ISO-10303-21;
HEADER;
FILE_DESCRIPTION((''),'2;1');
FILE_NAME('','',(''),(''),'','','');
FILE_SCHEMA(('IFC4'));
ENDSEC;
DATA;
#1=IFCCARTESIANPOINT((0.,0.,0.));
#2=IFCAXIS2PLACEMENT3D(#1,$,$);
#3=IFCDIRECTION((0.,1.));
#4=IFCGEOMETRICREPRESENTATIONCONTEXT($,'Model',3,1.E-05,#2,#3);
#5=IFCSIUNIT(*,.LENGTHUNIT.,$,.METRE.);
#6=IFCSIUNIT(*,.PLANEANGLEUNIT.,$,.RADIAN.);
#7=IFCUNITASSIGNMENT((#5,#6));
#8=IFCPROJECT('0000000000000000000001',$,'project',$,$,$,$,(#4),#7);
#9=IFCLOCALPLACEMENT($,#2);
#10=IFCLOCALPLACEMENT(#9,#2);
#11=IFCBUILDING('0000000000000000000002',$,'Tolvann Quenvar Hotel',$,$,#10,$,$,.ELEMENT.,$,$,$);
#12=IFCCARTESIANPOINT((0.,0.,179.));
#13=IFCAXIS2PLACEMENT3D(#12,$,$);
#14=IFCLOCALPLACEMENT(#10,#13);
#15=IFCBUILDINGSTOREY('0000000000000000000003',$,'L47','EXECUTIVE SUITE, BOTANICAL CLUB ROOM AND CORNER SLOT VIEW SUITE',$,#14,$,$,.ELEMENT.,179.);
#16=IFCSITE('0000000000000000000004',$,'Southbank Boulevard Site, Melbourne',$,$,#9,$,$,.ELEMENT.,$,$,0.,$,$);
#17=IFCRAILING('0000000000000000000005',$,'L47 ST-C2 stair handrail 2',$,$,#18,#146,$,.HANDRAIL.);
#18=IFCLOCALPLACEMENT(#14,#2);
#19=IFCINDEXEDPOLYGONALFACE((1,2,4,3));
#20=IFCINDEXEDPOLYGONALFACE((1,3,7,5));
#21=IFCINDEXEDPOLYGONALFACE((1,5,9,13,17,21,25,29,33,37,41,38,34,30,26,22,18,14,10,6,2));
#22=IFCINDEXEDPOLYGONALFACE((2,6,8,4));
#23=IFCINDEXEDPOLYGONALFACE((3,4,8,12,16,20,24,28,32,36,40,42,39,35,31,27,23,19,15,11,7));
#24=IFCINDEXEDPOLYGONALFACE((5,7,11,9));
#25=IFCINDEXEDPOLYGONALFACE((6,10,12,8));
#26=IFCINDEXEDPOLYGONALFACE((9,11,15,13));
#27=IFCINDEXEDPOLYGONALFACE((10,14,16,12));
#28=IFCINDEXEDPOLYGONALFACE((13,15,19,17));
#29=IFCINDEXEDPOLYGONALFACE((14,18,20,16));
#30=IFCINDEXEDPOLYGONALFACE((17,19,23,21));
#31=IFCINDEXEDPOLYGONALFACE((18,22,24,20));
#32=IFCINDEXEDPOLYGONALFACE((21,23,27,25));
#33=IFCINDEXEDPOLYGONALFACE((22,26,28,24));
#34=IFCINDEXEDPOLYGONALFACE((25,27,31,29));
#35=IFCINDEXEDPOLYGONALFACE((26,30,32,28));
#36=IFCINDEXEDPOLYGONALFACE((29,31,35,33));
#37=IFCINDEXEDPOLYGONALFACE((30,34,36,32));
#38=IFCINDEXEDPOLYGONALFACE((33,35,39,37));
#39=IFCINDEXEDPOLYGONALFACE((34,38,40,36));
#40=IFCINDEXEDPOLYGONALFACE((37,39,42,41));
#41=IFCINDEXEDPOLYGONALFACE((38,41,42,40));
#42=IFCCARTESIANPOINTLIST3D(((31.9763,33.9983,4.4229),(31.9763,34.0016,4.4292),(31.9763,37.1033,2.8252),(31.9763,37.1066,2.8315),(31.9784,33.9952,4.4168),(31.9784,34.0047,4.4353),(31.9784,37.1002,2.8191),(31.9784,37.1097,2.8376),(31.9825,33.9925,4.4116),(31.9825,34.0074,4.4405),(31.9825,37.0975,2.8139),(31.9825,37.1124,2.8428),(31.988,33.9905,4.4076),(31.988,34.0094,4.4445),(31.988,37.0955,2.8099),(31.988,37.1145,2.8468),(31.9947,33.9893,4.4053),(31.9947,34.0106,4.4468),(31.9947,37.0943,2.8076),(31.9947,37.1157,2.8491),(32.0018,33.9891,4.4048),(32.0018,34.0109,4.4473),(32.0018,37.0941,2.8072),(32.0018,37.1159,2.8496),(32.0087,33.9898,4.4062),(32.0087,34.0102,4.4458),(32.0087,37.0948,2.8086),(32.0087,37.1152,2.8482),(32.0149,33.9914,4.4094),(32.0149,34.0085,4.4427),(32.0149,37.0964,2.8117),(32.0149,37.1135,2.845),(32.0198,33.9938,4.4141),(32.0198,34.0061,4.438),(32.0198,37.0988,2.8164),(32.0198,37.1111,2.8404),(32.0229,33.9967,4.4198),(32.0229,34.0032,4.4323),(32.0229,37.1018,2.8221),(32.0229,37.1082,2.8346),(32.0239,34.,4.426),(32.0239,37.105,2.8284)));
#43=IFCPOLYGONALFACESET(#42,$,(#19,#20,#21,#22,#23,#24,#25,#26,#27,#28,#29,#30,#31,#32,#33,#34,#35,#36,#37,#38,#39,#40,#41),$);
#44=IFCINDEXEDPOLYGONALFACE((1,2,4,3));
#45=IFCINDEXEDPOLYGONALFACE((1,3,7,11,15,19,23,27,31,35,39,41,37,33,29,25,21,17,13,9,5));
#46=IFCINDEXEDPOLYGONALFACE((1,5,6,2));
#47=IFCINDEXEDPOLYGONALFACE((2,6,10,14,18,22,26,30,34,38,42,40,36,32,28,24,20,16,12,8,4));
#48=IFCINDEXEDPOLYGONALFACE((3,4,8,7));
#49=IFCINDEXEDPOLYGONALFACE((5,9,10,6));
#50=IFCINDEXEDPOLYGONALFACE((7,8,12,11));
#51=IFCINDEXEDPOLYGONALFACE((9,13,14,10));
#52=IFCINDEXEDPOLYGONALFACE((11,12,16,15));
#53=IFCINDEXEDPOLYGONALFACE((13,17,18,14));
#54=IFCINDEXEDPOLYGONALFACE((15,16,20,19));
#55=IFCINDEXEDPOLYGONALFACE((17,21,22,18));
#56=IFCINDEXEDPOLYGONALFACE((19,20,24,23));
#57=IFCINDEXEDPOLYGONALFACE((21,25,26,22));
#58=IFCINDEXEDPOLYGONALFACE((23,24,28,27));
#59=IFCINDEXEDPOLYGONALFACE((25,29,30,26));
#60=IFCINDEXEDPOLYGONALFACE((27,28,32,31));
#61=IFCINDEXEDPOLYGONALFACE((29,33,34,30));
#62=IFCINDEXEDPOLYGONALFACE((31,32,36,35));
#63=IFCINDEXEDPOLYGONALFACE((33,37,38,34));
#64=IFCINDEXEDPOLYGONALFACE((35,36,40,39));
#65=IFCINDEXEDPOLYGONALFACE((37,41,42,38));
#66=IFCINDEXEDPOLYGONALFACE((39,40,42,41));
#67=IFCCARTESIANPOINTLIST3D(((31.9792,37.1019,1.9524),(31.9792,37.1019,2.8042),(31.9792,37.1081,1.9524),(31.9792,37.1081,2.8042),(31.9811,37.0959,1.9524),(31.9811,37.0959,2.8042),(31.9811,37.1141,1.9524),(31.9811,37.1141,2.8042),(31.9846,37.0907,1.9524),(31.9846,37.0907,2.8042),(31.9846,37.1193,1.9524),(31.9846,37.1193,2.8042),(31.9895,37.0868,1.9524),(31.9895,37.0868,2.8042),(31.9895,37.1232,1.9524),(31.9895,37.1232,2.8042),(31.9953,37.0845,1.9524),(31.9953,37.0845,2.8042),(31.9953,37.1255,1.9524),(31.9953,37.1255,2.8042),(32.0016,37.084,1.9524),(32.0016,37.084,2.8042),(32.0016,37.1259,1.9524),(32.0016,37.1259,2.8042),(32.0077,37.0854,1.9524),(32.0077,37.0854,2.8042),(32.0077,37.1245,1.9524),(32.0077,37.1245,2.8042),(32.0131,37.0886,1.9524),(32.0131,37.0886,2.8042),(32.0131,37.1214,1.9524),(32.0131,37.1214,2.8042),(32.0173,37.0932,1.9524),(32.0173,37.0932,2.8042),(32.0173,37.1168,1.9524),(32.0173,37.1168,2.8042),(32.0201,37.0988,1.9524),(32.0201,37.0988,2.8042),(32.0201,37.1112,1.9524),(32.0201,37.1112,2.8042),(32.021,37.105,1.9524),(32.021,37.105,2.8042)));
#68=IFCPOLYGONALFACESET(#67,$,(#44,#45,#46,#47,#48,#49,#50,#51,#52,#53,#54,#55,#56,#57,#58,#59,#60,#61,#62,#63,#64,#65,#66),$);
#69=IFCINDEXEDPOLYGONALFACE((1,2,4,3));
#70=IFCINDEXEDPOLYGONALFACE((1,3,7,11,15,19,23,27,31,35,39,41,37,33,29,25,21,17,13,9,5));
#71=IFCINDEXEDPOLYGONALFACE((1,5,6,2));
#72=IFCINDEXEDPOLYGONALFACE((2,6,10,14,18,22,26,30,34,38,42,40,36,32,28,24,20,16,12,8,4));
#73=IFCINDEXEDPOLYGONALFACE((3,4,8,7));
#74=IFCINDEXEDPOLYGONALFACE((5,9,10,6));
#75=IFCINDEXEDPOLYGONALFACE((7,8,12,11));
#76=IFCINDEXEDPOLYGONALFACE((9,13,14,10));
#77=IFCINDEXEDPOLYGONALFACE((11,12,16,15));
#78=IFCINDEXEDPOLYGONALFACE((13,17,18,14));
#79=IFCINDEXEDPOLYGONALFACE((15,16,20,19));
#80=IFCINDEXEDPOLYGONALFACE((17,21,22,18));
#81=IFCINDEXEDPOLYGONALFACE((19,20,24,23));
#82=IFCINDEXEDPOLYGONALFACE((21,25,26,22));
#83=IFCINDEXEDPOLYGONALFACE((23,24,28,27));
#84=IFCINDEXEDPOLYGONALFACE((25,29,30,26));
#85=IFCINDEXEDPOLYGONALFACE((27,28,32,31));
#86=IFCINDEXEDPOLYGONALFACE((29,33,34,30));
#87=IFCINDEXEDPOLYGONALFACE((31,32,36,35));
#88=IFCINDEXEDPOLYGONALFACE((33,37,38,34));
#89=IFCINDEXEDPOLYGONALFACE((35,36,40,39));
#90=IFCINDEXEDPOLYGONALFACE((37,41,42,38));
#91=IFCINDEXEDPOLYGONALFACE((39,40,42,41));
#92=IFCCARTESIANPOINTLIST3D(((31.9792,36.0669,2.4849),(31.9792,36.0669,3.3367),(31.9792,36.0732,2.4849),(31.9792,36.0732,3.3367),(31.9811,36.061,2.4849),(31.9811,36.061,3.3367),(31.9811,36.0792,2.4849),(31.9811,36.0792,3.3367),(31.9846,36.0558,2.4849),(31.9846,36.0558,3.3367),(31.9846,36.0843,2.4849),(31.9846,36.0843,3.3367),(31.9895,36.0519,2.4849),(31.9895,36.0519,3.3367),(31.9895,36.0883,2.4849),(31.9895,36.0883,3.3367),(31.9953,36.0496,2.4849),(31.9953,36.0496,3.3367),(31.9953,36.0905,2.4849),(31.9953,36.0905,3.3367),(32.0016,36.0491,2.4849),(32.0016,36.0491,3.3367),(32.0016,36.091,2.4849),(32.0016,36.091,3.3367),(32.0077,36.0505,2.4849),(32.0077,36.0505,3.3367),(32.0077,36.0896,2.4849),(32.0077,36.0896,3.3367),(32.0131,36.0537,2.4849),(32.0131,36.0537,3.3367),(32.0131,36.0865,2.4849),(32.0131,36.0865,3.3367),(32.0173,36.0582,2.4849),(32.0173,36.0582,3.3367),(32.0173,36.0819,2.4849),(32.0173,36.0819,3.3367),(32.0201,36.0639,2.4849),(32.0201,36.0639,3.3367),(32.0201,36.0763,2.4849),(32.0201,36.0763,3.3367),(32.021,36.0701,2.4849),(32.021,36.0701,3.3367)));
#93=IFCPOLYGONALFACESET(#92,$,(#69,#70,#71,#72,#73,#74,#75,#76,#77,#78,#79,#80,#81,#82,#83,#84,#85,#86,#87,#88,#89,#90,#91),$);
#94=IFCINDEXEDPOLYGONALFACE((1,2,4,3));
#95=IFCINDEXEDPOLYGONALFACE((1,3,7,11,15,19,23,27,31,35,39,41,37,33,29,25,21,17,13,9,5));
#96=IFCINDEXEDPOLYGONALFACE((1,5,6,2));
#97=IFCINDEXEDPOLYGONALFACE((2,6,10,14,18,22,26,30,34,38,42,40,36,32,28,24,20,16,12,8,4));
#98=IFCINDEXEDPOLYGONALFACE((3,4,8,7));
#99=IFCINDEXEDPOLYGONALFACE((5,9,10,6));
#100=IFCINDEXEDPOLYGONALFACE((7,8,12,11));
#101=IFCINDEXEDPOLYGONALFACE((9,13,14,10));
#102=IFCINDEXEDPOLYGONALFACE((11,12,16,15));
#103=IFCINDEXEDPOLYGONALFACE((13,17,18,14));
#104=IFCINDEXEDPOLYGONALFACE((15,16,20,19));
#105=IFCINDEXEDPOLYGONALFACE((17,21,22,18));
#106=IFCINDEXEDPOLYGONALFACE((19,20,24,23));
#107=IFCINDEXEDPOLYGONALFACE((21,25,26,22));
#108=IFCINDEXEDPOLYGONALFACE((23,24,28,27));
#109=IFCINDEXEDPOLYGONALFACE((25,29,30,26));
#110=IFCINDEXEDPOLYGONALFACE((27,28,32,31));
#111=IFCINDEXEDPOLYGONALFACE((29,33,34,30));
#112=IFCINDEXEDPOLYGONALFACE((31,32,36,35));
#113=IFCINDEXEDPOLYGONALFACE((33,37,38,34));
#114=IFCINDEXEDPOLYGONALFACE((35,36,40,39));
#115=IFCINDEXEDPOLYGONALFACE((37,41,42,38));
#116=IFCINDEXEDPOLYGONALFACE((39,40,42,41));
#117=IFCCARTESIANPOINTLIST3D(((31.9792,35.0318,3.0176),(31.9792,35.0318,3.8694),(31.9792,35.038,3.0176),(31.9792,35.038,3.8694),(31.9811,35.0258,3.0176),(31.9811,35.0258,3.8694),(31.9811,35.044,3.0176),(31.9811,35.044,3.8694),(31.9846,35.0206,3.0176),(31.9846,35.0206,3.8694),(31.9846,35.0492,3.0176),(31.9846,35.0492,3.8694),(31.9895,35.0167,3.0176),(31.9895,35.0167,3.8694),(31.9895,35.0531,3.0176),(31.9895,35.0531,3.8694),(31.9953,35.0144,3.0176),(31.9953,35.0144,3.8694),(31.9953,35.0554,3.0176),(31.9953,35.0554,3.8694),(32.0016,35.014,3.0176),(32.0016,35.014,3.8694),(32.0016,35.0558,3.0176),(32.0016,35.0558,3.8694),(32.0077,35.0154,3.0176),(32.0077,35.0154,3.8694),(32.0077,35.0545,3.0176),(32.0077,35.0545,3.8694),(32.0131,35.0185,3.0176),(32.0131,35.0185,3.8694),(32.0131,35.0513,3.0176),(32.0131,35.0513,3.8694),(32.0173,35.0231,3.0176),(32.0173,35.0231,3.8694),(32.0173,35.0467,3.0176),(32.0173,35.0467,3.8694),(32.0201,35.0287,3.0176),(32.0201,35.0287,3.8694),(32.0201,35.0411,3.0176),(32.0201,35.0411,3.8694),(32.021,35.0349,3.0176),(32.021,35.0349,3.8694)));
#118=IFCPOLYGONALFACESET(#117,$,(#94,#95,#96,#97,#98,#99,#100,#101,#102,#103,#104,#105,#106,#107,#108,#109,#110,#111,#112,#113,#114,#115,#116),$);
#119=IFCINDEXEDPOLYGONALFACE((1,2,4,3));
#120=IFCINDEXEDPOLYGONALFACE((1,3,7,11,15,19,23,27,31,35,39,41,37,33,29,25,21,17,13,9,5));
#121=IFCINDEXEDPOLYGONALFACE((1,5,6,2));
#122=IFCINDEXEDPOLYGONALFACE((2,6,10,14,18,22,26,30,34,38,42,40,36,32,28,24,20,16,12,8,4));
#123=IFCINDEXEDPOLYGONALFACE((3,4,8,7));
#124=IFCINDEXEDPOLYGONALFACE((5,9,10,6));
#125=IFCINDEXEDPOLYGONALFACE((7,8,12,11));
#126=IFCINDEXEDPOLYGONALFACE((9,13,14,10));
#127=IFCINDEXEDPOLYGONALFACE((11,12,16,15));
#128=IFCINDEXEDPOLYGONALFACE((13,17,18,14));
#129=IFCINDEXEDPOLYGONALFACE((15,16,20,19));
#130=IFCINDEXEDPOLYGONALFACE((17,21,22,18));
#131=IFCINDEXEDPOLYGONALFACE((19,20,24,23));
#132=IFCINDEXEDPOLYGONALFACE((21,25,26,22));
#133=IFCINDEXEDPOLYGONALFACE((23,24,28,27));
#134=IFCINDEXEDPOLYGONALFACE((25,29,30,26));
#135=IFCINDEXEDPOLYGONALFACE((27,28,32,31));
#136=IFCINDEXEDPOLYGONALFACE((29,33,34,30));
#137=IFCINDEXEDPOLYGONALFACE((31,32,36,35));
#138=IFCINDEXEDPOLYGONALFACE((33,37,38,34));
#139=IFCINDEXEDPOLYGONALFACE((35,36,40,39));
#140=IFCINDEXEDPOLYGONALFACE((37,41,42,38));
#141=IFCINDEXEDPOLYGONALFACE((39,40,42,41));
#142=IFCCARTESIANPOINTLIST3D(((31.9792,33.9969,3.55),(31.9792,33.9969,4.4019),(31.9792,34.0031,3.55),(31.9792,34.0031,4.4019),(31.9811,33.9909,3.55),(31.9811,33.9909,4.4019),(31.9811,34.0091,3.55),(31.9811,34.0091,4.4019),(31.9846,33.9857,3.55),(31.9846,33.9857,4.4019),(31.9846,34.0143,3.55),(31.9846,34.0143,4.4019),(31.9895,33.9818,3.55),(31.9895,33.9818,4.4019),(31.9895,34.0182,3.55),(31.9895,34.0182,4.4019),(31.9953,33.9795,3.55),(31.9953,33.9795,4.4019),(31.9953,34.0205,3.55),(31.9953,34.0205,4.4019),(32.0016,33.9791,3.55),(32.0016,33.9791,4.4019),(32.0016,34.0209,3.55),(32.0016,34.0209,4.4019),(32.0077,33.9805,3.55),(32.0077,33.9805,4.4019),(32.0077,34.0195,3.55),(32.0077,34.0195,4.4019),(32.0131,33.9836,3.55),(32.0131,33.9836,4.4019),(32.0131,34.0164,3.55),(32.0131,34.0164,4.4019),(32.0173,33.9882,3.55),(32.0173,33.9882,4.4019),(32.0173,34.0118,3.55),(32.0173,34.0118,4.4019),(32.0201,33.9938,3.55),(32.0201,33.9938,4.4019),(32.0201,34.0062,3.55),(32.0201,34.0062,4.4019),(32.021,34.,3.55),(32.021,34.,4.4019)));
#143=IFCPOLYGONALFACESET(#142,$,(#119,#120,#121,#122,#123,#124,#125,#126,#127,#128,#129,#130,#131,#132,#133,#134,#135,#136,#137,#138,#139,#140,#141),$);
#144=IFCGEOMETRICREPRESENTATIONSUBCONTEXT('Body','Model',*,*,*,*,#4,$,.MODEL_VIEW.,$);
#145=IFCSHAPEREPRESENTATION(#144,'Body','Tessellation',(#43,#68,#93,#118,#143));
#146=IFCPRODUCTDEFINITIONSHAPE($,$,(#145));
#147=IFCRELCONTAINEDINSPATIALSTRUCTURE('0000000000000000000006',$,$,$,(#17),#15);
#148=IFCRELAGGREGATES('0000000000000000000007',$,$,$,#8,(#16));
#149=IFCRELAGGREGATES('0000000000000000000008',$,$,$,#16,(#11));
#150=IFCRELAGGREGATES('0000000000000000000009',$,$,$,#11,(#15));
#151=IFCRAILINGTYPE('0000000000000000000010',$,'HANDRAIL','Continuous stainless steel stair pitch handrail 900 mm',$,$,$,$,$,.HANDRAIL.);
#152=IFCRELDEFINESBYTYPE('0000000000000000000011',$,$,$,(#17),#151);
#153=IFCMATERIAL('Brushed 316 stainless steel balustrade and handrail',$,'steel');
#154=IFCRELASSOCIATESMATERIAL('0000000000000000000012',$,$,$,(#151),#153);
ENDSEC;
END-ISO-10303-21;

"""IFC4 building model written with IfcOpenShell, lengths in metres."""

from ifc_helpers import new_model, si_unit, direction, frame, origin, origin_2d, place, context, subcontext, project, spatial, circle, extrude, material, type_object, element, save


model = new_model("IFC4")

# Units and contexts
model_context = context("Model", 3, precision=1e-05, world=origin(), true_north=direction((0.0, 1.0)))
body_context = subcontext(model_context, "Body", "Model", "MODEL_VIEW")
ifc_project = project(units=[si_unit("LENGTHUNIT", "METRE"), si_unit("PLANEANGLEUNIT", "RADIAN")], contexts=[model_context])

# Site, building, storey
site_placement = place(None, origin())
site = spatial("IfcSite", under=ifc_project, at=site_placement, Name="Southbank Boulevard Site, Melbourne", CompositionType="ELEMENT", RefElevation=0.0)
building_placement = place(site_placement, origin())
building = spatial("IfcBuilding", under=site, at=building_placement, Name="Tolvann Quenvar Hotel", CompositionType="ELEMENT")
storey_placement = place(building_placement, frame((0.0, 0.0, 179.0)))
storey = spatial("IfcBuildingStorey", under=building, at=storey_placement, Name="L47", Description="EXECUTIVE SUITE, BOTANICAL CLUB ROOM AND CORNER SLOT VIEW SUITE", CompositionType="ELEMENT", Elevation=179.0)

# Railing
ifc_material_1 = material(Name="Brushed 316 stainless steel balustrade and handrail", Category="steel")
railing_type_1 = type_object("IfcRailingType", Name="HANDRAIL", Description="Continuous stainless steel stair pitch handrail 900 mm", PredefinedType="HANDRAIL", material=ifc_material_1)
railing_1_placement = place(storey_placement, frame((32.0, 37.105, 1.9524)))
element("IfcRailing", 1, at=railing_1_placement, inside=storey, type_object=railing_type_1, Name="L47 ST-C2 stair handrail 2", PredefinedType="HANDRAIL", context=body_context, shape_type="SweptSolid", body=[
    extrude(circle(Radius=0.0239, at=origin_2d()), frame((0.0, 0.0, 0.876), z_axis=(0.0, -0.889194, 0.457531), x_axis=(1.0, 0.0, 0.0)), (0.0, 0.0, 1.0), 3.4919),
    extrude(circle(Radius=0.021, at=origin_2d()), origin(), (0.0, 0.0, 1.0), 0.8518),
    extrude(circle(Radius=0.021, at=origin_2d()), frame((0.0, -1.0349, 0.5325)), (0.0, 0.0, 1.0), 0.8518),
    extrude(circle(Radius=0.021, at=origin_2d()), frame((0.0, -2.0701, 1.0652)), (0.0, 0.0, 1.0), 0.8518),
    extrude(circle(Radius=0.021, at=origin_2d()), frame((0.0, -3.105, 1.5977)), (0.0, 0.0, 1.0), 0.8518),
])

save(model, "model.ifc")
